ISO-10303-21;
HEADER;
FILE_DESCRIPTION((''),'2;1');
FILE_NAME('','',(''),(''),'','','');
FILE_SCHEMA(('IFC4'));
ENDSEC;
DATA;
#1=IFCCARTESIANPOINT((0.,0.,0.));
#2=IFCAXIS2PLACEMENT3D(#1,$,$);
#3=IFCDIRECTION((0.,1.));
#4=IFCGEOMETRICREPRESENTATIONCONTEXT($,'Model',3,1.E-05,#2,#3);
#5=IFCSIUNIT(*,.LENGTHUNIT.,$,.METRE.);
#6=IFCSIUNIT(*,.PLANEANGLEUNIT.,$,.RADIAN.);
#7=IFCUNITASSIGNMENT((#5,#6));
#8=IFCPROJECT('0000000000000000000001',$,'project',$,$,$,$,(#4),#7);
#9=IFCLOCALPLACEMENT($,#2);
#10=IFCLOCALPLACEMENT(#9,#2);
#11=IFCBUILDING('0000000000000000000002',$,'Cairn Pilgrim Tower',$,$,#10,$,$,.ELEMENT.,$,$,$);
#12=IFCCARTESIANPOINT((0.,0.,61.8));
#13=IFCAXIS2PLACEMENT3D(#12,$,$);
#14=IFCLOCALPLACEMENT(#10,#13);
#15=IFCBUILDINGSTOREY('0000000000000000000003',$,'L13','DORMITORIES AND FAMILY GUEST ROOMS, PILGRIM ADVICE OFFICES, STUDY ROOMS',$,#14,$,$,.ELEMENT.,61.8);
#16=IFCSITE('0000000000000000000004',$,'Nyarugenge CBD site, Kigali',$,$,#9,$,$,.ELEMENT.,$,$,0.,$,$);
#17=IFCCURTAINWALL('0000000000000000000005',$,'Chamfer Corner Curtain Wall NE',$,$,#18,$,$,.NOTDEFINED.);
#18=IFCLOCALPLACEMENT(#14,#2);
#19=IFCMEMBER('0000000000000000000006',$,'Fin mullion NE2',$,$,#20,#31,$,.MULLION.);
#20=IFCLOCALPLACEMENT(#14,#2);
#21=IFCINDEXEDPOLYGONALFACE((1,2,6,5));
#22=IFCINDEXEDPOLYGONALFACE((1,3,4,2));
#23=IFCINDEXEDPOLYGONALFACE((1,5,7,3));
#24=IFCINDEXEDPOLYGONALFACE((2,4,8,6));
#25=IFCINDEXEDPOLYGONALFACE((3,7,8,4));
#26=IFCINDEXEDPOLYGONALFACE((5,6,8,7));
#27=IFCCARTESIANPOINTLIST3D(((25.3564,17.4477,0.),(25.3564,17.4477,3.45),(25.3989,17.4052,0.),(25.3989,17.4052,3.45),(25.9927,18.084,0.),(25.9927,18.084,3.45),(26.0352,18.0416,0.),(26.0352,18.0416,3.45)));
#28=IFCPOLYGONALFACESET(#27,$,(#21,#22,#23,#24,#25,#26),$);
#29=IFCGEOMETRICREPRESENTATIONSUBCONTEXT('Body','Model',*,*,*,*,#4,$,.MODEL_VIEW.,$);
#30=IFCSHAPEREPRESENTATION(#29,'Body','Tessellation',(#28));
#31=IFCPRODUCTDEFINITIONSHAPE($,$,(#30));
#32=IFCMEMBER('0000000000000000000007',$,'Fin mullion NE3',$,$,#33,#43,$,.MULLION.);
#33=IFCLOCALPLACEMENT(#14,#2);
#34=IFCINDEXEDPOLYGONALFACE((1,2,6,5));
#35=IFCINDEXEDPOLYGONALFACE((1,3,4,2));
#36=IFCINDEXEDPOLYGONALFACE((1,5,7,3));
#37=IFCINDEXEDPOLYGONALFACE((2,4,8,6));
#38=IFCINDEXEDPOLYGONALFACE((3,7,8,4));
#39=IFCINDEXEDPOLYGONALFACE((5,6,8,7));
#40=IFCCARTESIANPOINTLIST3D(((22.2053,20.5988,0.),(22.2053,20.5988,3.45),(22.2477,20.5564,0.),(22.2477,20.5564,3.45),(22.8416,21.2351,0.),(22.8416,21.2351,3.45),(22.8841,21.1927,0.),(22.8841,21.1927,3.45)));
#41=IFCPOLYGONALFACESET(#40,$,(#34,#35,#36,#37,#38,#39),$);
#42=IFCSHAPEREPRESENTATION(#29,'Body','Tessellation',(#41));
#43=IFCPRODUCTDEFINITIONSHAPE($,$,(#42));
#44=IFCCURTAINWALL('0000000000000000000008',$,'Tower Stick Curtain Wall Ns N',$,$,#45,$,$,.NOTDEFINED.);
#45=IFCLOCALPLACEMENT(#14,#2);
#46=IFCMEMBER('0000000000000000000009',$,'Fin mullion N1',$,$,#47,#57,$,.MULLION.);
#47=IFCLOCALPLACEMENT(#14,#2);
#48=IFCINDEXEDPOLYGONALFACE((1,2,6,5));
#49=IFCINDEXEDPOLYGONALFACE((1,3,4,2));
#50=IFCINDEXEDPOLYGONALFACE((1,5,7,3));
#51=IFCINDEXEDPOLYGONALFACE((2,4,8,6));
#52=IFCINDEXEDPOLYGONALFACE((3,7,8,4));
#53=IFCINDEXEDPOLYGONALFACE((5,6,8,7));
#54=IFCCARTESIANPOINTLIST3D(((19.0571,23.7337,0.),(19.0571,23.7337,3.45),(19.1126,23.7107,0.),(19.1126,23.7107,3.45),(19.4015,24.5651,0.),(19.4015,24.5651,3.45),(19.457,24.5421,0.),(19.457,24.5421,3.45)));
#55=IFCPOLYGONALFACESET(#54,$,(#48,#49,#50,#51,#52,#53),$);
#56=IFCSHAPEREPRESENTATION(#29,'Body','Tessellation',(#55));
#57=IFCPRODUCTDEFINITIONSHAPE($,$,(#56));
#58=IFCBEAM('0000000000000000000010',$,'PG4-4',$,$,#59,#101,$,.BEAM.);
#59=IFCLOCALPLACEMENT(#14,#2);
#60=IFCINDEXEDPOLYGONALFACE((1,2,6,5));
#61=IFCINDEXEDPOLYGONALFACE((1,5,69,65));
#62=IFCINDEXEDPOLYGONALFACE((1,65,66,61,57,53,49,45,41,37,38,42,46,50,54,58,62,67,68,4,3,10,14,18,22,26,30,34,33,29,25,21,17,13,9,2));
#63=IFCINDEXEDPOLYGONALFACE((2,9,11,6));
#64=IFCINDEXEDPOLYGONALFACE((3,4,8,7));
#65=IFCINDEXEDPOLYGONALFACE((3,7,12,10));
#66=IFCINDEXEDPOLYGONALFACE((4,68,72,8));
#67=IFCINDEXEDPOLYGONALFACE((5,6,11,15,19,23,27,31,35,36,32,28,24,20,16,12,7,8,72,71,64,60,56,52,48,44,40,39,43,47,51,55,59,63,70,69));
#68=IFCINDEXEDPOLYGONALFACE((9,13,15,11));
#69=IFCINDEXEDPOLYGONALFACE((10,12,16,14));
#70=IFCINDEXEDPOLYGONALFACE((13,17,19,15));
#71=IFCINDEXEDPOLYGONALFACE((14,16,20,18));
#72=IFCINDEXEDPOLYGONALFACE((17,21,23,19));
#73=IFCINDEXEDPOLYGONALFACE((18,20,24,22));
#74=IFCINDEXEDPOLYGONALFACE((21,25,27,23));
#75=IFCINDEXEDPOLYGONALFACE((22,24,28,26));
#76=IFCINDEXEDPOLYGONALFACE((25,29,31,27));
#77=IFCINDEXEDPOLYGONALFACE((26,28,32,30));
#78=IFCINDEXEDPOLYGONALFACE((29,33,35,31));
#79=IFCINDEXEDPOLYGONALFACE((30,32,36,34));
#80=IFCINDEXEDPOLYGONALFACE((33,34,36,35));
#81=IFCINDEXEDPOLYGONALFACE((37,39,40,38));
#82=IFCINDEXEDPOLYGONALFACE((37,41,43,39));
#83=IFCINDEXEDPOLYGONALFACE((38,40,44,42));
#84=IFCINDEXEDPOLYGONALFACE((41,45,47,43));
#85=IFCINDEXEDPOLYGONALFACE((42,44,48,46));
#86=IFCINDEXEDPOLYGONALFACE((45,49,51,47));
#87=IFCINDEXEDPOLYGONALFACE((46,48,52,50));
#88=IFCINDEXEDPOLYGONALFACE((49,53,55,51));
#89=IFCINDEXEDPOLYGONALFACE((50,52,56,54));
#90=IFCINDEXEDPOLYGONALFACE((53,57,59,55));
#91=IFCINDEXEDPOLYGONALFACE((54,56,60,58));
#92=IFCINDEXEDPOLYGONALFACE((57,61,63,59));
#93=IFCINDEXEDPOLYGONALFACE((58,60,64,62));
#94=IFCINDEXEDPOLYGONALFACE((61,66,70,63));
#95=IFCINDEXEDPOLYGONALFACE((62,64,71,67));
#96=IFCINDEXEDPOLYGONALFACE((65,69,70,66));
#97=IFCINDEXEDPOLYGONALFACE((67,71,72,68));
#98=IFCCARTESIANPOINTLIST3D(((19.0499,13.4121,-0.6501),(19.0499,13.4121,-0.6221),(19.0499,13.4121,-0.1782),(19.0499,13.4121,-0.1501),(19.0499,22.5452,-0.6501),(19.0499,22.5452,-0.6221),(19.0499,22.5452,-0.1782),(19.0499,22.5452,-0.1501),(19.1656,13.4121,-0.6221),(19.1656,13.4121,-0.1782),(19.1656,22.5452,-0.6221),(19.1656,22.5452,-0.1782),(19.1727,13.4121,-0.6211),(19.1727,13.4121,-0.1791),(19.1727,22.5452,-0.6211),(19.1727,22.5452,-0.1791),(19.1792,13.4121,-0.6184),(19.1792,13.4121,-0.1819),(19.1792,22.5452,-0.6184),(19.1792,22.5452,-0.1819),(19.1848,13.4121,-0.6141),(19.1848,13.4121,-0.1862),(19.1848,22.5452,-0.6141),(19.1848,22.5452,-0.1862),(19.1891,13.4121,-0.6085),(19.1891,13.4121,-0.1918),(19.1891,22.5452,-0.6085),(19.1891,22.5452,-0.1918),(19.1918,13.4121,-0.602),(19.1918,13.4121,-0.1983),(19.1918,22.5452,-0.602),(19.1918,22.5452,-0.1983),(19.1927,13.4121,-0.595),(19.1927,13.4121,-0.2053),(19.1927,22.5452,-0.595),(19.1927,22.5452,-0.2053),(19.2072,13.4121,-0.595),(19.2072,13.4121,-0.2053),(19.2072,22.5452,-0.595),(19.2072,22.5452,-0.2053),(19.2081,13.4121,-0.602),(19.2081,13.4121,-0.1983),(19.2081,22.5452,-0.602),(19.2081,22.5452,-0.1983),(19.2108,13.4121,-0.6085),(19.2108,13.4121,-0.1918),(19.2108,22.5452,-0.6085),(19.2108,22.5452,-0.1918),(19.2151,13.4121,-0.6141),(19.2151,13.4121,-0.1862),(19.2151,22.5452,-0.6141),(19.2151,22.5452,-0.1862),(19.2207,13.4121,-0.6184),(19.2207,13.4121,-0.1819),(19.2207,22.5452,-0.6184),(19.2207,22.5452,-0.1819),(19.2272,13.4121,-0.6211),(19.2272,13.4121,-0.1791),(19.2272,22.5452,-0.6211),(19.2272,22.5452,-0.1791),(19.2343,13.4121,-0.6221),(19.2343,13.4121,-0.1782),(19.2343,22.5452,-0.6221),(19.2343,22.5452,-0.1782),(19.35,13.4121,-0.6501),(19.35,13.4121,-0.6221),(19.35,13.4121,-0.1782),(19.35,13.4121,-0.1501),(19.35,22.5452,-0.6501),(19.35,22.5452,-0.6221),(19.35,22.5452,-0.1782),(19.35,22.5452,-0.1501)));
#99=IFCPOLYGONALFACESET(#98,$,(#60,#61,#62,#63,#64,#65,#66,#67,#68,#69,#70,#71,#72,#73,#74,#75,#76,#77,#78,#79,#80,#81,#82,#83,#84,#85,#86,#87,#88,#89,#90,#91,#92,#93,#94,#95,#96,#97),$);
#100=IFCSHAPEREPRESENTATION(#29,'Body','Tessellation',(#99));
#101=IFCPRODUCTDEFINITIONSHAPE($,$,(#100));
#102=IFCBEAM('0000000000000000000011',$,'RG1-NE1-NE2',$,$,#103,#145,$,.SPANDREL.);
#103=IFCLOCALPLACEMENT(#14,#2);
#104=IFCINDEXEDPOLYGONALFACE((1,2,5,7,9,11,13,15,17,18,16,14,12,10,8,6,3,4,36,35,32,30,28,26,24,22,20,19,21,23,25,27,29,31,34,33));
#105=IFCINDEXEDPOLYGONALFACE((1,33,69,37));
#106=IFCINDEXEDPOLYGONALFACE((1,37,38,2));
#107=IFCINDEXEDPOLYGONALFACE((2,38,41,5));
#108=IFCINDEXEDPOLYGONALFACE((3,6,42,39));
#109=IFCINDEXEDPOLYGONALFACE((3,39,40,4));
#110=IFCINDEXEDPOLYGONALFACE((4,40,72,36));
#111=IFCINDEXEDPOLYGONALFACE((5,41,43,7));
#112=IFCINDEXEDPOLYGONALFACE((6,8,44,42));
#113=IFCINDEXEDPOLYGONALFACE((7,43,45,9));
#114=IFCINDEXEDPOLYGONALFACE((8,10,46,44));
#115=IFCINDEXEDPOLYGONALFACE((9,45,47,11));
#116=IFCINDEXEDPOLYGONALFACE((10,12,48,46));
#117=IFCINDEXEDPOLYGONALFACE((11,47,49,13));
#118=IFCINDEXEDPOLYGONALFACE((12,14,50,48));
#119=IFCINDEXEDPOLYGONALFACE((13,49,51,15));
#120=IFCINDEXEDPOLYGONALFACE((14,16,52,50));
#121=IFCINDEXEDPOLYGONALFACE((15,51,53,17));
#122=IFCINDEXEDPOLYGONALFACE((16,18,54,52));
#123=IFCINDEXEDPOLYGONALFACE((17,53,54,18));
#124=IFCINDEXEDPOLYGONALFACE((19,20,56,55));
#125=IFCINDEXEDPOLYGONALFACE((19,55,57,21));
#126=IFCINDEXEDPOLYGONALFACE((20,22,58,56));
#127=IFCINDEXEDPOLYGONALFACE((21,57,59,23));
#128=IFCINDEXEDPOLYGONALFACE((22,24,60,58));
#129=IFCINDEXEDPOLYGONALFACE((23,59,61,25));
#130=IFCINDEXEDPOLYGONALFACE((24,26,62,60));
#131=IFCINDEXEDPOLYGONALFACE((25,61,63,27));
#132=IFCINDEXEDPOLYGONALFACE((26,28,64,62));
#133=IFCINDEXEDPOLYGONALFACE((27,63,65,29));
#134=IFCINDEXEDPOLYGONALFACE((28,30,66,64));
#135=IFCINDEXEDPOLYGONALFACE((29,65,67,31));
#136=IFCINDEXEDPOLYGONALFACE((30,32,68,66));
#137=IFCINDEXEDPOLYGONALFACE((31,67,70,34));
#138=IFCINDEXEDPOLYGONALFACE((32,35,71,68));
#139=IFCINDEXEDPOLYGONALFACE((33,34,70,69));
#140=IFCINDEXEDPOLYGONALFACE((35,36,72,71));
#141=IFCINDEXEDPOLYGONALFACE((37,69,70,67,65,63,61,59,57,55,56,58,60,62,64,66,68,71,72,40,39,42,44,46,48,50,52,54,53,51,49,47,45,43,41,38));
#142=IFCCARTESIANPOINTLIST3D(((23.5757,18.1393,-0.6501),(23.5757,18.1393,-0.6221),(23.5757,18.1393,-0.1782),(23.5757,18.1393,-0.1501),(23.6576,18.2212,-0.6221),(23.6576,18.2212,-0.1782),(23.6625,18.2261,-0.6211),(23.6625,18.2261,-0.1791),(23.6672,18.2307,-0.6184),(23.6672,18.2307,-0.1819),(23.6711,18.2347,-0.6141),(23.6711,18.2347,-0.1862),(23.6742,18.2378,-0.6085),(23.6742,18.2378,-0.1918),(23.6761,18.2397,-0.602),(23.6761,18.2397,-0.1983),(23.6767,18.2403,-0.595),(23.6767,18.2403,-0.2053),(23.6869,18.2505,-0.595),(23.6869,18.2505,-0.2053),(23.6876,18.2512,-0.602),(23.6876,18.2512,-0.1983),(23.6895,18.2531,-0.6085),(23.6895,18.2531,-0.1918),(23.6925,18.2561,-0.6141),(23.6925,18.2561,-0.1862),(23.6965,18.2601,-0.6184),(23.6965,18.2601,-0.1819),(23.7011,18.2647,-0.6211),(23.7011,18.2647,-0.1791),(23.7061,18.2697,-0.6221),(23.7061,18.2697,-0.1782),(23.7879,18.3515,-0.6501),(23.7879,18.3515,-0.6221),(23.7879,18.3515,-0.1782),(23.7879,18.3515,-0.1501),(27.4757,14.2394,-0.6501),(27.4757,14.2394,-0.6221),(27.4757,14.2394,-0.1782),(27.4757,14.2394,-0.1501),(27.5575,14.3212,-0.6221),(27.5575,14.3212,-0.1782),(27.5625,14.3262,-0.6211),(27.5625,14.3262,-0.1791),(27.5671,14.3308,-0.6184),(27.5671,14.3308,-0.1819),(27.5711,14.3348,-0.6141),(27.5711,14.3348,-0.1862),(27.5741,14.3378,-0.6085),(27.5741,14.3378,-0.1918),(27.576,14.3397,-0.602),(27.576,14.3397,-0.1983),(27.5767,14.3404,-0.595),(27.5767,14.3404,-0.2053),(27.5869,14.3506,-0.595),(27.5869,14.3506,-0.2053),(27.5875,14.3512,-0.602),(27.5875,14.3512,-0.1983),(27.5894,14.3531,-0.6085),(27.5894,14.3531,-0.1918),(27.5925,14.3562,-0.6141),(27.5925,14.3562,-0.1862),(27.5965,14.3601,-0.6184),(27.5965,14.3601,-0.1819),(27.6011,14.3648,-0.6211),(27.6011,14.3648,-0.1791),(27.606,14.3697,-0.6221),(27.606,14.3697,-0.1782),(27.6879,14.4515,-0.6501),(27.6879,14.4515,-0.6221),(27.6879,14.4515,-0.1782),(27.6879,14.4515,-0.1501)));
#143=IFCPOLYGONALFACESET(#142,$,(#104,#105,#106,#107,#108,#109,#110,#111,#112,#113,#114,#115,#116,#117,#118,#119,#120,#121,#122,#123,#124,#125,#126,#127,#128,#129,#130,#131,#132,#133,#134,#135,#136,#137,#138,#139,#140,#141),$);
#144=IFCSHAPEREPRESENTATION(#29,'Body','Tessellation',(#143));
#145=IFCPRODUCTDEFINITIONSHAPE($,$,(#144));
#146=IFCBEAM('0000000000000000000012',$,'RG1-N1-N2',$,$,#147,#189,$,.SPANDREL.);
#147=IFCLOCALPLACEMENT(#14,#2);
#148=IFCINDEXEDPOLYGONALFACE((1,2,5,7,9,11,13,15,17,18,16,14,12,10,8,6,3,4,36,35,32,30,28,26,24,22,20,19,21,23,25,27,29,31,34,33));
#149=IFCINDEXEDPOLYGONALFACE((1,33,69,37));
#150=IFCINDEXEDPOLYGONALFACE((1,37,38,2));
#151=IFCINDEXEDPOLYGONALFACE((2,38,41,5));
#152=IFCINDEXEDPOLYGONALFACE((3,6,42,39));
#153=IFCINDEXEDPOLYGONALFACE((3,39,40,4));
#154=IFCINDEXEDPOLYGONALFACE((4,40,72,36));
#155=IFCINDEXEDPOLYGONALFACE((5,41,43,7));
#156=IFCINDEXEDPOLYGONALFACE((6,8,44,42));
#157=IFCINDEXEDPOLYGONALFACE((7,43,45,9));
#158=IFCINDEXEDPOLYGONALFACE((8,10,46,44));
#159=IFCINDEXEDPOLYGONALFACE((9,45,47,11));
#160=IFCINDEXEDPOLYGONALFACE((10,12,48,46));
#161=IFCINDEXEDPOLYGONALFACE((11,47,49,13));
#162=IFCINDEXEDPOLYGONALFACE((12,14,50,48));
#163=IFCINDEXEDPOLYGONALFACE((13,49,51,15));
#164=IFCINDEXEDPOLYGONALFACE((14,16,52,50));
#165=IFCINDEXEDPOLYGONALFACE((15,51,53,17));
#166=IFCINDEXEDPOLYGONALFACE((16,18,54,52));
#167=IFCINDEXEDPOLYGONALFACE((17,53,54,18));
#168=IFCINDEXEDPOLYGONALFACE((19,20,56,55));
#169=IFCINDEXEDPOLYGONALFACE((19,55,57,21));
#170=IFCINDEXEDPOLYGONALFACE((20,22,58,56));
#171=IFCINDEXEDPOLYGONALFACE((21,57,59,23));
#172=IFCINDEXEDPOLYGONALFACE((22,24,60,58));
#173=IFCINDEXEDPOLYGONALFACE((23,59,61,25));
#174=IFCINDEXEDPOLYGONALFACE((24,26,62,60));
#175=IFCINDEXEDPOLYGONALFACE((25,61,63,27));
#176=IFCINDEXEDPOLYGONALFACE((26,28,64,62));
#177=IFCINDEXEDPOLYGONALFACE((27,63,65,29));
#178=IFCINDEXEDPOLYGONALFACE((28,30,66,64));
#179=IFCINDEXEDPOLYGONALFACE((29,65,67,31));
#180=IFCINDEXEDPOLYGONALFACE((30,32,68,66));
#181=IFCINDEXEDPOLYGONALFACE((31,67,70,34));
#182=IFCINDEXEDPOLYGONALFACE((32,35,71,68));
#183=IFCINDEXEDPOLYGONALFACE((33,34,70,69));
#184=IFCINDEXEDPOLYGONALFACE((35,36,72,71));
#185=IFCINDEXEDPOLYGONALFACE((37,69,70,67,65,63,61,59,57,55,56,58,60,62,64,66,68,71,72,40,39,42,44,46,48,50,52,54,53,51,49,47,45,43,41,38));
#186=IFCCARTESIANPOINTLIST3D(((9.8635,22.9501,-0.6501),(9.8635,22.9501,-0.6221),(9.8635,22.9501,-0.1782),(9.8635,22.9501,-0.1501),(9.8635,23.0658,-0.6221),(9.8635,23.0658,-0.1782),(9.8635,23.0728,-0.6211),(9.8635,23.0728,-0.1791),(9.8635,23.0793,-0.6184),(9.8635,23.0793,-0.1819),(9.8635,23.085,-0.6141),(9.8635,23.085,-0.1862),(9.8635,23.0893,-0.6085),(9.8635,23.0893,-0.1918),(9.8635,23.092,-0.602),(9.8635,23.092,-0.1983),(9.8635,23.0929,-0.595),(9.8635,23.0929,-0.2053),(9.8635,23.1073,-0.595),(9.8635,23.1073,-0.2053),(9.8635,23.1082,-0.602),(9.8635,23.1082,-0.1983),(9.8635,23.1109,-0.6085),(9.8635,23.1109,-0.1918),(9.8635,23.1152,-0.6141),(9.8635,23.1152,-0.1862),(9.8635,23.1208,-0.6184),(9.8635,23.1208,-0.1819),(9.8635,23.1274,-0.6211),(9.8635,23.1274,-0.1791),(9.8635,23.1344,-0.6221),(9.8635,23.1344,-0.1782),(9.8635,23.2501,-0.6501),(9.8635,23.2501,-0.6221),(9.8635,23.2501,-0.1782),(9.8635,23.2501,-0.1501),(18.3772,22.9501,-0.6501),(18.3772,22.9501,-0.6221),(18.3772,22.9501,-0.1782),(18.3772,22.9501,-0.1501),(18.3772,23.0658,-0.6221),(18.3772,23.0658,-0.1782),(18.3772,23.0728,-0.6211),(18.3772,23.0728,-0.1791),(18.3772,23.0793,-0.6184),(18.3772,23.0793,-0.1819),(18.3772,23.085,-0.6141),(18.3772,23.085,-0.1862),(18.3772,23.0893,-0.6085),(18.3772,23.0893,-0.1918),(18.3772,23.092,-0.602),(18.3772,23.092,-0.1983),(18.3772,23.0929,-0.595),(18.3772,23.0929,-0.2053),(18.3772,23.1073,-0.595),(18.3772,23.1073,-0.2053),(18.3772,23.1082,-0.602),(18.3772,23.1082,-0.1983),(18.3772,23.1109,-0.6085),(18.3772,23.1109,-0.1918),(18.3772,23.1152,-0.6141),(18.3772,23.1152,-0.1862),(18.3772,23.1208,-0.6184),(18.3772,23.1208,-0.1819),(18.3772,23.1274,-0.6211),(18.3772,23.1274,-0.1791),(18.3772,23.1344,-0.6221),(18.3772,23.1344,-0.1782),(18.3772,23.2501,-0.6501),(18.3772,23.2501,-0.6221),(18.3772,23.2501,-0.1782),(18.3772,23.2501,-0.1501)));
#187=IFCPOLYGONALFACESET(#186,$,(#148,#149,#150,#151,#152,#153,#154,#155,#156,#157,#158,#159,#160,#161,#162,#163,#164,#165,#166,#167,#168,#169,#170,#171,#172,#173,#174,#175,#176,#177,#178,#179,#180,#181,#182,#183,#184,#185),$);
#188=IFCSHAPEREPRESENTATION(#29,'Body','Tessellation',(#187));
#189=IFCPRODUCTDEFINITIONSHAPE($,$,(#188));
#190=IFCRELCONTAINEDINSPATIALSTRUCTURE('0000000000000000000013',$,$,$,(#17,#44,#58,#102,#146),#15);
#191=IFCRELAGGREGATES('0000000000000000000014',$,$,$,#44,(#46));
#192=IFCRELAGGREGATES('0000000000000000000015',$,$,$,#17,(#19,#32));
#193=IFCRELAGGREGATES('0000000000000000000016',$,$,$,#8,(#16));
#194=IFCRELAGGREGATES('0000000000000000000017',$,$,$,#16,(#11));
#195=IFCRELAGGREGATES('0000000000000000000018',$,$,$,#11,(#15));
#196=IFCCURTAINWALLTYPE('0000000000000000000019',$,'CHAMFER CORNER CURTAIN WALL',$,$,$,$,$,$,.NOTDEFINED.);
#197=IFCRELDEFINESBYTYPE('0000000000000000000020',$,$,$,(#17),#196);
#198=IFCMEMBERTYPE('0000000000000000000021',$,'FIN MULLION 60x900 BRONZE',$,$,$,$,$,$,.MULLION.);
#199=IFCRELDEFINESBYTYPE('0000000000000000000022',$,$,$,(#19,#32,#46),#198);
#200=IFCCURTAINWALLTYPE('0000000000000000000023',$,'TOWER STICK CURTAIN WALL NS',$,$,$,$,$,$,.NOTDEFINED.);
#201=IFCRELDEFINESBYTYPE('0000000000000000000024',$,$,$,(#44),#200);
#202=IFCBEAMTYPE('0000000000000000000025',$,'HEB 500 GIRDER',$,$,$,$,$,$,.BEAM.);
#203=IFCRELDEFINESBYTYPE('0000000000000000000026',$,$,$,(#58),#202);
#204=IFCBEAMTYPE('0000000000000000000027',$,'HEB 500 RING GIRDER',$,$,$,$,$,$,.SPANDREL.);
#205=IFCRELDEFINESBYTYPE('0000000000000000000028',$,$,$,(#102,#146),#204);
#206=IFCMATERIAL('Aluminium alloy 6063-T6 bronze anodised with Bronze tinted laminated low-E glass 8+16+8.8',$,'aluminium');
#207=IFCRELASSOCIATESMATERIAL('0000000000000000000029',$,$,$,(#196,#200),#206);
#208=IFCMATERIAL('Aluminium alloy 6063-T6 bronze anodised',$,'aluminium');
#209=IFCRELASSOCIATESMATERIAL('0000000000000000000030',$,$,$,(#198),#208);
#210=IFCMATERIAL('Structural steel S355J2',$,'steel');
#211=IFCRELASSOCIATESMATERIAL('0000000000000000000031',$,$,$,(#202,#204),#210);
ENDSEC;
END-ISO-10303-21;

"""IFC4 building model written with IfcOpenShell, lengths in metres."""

from ifc_helpers import new_model, si_unit, direction, frame, origin, origin_2d, place, context, subcontext, project, spatial, rectangle, i_section, extrude, material, material_profile, profile_set, type_object, element, aggregate, save


model = new_model("IFC4")

# Units and contexts
model_context = context("Model", 3, precision=1e-05, world=origin(), true_north=direction((0.0, 1.0)))
body_context = subcontext(model_context, "Body", "Model", "MODEL_VIEW")
ifc_project = project(units=[si_unit("LENGTHUNIT", "METRE"), si_unit("PLANEANGLEUNIT", "RADIAN")], contexts=[model_context])

# Site, building, storey
site_placement = place(None, origin())
site = spatial("IfcSite", under=ifc_project, at=site_placement, Name="Nyarugenge CBD site, Kigali", CompositionType="ELEMENT", RefElevation=0.0)
building_placement = place(site_placement, origin())
building = spatial("IfcBuilding", under=site, at=building_placement, Name="Cairn Pilgrim Tower", CompositionType="ELEMENT")
storey_placement = place(building_placement, frame((0.0, 0.0, 61.8)))
storey = spatial("IfcBuildingStorey", under=building, at=storey_placement, Name="L13", Description="DORMITORIES AND FAMILY GUEST ROOMS, PILGRIM ADVICE OFFICES, STUDY ROOMS", CompositionType="ELEMENT", Elevation=61.8)

# Shared definitions
ifc_material_1 = material(Name="Structural steel S355J2", Category="steel")

# Curtain wall, members
ifc_material_2 = material(Name="Aluminium alloy 6063-T6 bronze anodised with Bronze tinted laminated low-E glass 8+16+8.8", Category="aluminium")
curtain_wall_type_1 = type_object("IfcCurtainWallType", Name="CHAMFER CORNER CURTAIN WALL", PredefinedType="NOTDEFINED", material=ifc_material_2)
curtain_wall_1_placement = place(storey_placement, origin())
curtain_wall_1 = element("IfcCurtainWall", 1, at=curtain_wall_1_placement, inside=storey, type_object=curtain_wall_type_1, Name="Chamfer Corner Curtain Wall NE", PredefinedType="NOTDEFINED")
ifc_material_3 = material(Name="Aluminium alloy 6063-T6 bronze anodised", Category="aluminium")
ifc_material_profile_1 = material_profile(ifc_material_3, rectangle(XDim=0.8999, YDim=0.0601, at=origin_2d()), Name="FIN MULLION 60x900 BRONZE")
ifc_profile_set_1 = profile_set([ifc_material_profile_1], Name="Aluminium alloy 6063-T6 bronze anodised")
member_type_1 = type_object("IfcMemberType", Name="FIN MULLION 60x900 BRONZE", PredefinedType="MULLION", material=ifc_profile_set_1)
member_1_placement = place(storey_placement, frame((25.6958, 17.7446, 0.0), z_axis=(0.0, 0.0, 1.0), x_axis=(0.707107, 0.707107, 0.0)))
member_1 = element("IfcMember", 2, at=member_1_placement, type_object=member_type_1, Name="Fin mullion NE2", PredefinedType="MULLION", context=body_context, shape_type="SweptSolid", body=[
    extrude(rectangle(XDim=0.8999, YDim=0.0601, at=origin_2d()), origin(), (0.0, 0.0, 1.0), 3.45),
])
member_2_placement = place(storey_placement, frame((22.5447, 20.8958, 0.0), z_axis=(0.0, 0.0, 1.0), x_axis=(0.707107, 0.707107, 0.0)))
member_2 = element("IfcMember", 3, at=member_2_placement, type_object=member_type_1, Name="Fin mullion NE3", PredefinedType="MULLION", context=body_context, shape_type="SweptSolid", body=[
    extrude(rectangle(XDim=0.8999, YDim=0.0601, at=origin_2d()), origin(), (0.0, 0.0, 1.0), 3.45),
])

# Curtain wall, member
curtain_wall_type_2 = type_object("IfcCurtainWallType", Name="TOWER STICK CURTAIN WALL NS", PredefinedType="NOTDEFINED", material=ifc_material_2)
curtain_wall_2_placement = place(storey_placement, origin())
curtain_wall_2 = element("IfcCurtainWall", 4, at=curtain_wall_2_placement, inside=storey, type_object=curtain_wall_type_2, Name="Tower Stick Curtain Wall Ns N", PredefinedType="NOTDEFINED")
member_3_placement = place(storey_placement, frame((19.2571, 24.1379, 0.0), z_axis=(0.0, 0.0, 1.0), x_axis=(0.382683, 0.92388, 0.0)))
member_3 = element("IfcMember", 5, at=member_3_placement, type_object=member_type_1, Name="Fin mullion N1", PredefinedType="MULLION", context=body_context, shape_type="SweptSolid", body=[
    extrude(rectangle(XDim=0.8999, YDim=0.0601, at=origin_2d()), origin(), (0.0, 0.0, 1.0), 3.45),
])
aggregate(curtain_wall_2, [member_3])

# Beams
ifc_material_profile_2 = material_profile(ifc_material_1, i_section(OverallWidth=0.3, OverallDepth=0.5, WebThickness=0.0144, FlangeThickness=0.0281, FilletRadius=0.0271, at=origin_2d()), Name="HEB 500")
ifc_profile_set_2 = profile_set([ifc_material_profile_2], Name="Structural steel S355J2")
beam_type_1 = type_object("IfcBeamType", Name="HEB 500 GIRDER", PredefinedType="BEAM", material=ifc_profile_set_2)
beam_1_placement = place(storey_placement, frame((19.2, 13.4121, -0.4001), z_axis=(0.0, 1.0, 0.0), x_axis=(-1.0, 0.0, 0.0)))
element("IfcBeam", 6, at=beam_1_placement, inside=storey, type_object=beam_type_1, Name="PG4-4", PredefinedType="BEAM", context=body_context, shape_type="SweptSolid", body=[
    extrude(i_section(OverallWidth=0.3, OverallDepth=0.5, WebThickness=0.0144, FlangeThickness=0.0281, FilletRadius=0.0271, at=origin_2d()), origin(), (0.0, 0.0, 1.0), 9.1331),
])
ifc_material_profile_3 = material_profile(ifc_material_1, i_section(OverallWidth=0.3, OverallDepth=0.5, WebThickness=0.0144, FlangeThickness=0.0281, FilletRadius=0.0271, at=origin_2d()), Name="HEB 500")
ifc_profile_set_3 = profile_set([ifc_material_profile_3], Name="Structural steel S355J2")
beam_type_2 = type_object("IfcBeamType", Name="HEB 500 RING GIRDER", PredefinedType="SPANDREL", material=ifc_profile_set_3)
beam_2_placement = place(storey_placement, frame((27.5818, 14.3455, -0.4001), z_axis=(-0.707107, 0.707107, 0.0), x_axis=(-0.707107, -0.707107, 0.0)))
element("IfcBeam", 7, at=beam_2_placement, inside=storey, type_object=beam_type_2, Name="RG1-NE1-NE2", PredefinedType="SPANDREL", context=body_context, shape_type="SweptSolid", body=[
    extrude(i_section(OverallWidth=0.3, OverallDepth=0.5, WebThickness=0.0144, FlangeThickness=0.0281, FilletRadius=0.0271, at=origin_2d()), origin(), (0.0, 0.0, 1.0), 5.5154),
])
beam_3_placement = place(storey_placement, frame((18.3772, 23.1001, -0.4001), z_axis=(-1.0, 0.0, 0.0), x_axis=(0.0, -1.0, 0.0)))
element("IfcBeam", 8, at=beam_3_placement, inside=storey, type_object=beam_type_2, Name="RG1-N1-N2", PredefinedType="SPANDREL", context=body_context, shape_type="SweptSolid", body=[
    extrude(i_section(OverallWidth=0.3, OverallDepth=0.5, WebThickness=0.0144, FlangeThickness=0.0281, FilletRadius=0.0271, at=origin_2d()), origin(), (0.0, 0.0, 1.0), 8.5137),
])

aggregate(curtain_wall_1, [member_1, member_2])

save(model, "model.ifc")
